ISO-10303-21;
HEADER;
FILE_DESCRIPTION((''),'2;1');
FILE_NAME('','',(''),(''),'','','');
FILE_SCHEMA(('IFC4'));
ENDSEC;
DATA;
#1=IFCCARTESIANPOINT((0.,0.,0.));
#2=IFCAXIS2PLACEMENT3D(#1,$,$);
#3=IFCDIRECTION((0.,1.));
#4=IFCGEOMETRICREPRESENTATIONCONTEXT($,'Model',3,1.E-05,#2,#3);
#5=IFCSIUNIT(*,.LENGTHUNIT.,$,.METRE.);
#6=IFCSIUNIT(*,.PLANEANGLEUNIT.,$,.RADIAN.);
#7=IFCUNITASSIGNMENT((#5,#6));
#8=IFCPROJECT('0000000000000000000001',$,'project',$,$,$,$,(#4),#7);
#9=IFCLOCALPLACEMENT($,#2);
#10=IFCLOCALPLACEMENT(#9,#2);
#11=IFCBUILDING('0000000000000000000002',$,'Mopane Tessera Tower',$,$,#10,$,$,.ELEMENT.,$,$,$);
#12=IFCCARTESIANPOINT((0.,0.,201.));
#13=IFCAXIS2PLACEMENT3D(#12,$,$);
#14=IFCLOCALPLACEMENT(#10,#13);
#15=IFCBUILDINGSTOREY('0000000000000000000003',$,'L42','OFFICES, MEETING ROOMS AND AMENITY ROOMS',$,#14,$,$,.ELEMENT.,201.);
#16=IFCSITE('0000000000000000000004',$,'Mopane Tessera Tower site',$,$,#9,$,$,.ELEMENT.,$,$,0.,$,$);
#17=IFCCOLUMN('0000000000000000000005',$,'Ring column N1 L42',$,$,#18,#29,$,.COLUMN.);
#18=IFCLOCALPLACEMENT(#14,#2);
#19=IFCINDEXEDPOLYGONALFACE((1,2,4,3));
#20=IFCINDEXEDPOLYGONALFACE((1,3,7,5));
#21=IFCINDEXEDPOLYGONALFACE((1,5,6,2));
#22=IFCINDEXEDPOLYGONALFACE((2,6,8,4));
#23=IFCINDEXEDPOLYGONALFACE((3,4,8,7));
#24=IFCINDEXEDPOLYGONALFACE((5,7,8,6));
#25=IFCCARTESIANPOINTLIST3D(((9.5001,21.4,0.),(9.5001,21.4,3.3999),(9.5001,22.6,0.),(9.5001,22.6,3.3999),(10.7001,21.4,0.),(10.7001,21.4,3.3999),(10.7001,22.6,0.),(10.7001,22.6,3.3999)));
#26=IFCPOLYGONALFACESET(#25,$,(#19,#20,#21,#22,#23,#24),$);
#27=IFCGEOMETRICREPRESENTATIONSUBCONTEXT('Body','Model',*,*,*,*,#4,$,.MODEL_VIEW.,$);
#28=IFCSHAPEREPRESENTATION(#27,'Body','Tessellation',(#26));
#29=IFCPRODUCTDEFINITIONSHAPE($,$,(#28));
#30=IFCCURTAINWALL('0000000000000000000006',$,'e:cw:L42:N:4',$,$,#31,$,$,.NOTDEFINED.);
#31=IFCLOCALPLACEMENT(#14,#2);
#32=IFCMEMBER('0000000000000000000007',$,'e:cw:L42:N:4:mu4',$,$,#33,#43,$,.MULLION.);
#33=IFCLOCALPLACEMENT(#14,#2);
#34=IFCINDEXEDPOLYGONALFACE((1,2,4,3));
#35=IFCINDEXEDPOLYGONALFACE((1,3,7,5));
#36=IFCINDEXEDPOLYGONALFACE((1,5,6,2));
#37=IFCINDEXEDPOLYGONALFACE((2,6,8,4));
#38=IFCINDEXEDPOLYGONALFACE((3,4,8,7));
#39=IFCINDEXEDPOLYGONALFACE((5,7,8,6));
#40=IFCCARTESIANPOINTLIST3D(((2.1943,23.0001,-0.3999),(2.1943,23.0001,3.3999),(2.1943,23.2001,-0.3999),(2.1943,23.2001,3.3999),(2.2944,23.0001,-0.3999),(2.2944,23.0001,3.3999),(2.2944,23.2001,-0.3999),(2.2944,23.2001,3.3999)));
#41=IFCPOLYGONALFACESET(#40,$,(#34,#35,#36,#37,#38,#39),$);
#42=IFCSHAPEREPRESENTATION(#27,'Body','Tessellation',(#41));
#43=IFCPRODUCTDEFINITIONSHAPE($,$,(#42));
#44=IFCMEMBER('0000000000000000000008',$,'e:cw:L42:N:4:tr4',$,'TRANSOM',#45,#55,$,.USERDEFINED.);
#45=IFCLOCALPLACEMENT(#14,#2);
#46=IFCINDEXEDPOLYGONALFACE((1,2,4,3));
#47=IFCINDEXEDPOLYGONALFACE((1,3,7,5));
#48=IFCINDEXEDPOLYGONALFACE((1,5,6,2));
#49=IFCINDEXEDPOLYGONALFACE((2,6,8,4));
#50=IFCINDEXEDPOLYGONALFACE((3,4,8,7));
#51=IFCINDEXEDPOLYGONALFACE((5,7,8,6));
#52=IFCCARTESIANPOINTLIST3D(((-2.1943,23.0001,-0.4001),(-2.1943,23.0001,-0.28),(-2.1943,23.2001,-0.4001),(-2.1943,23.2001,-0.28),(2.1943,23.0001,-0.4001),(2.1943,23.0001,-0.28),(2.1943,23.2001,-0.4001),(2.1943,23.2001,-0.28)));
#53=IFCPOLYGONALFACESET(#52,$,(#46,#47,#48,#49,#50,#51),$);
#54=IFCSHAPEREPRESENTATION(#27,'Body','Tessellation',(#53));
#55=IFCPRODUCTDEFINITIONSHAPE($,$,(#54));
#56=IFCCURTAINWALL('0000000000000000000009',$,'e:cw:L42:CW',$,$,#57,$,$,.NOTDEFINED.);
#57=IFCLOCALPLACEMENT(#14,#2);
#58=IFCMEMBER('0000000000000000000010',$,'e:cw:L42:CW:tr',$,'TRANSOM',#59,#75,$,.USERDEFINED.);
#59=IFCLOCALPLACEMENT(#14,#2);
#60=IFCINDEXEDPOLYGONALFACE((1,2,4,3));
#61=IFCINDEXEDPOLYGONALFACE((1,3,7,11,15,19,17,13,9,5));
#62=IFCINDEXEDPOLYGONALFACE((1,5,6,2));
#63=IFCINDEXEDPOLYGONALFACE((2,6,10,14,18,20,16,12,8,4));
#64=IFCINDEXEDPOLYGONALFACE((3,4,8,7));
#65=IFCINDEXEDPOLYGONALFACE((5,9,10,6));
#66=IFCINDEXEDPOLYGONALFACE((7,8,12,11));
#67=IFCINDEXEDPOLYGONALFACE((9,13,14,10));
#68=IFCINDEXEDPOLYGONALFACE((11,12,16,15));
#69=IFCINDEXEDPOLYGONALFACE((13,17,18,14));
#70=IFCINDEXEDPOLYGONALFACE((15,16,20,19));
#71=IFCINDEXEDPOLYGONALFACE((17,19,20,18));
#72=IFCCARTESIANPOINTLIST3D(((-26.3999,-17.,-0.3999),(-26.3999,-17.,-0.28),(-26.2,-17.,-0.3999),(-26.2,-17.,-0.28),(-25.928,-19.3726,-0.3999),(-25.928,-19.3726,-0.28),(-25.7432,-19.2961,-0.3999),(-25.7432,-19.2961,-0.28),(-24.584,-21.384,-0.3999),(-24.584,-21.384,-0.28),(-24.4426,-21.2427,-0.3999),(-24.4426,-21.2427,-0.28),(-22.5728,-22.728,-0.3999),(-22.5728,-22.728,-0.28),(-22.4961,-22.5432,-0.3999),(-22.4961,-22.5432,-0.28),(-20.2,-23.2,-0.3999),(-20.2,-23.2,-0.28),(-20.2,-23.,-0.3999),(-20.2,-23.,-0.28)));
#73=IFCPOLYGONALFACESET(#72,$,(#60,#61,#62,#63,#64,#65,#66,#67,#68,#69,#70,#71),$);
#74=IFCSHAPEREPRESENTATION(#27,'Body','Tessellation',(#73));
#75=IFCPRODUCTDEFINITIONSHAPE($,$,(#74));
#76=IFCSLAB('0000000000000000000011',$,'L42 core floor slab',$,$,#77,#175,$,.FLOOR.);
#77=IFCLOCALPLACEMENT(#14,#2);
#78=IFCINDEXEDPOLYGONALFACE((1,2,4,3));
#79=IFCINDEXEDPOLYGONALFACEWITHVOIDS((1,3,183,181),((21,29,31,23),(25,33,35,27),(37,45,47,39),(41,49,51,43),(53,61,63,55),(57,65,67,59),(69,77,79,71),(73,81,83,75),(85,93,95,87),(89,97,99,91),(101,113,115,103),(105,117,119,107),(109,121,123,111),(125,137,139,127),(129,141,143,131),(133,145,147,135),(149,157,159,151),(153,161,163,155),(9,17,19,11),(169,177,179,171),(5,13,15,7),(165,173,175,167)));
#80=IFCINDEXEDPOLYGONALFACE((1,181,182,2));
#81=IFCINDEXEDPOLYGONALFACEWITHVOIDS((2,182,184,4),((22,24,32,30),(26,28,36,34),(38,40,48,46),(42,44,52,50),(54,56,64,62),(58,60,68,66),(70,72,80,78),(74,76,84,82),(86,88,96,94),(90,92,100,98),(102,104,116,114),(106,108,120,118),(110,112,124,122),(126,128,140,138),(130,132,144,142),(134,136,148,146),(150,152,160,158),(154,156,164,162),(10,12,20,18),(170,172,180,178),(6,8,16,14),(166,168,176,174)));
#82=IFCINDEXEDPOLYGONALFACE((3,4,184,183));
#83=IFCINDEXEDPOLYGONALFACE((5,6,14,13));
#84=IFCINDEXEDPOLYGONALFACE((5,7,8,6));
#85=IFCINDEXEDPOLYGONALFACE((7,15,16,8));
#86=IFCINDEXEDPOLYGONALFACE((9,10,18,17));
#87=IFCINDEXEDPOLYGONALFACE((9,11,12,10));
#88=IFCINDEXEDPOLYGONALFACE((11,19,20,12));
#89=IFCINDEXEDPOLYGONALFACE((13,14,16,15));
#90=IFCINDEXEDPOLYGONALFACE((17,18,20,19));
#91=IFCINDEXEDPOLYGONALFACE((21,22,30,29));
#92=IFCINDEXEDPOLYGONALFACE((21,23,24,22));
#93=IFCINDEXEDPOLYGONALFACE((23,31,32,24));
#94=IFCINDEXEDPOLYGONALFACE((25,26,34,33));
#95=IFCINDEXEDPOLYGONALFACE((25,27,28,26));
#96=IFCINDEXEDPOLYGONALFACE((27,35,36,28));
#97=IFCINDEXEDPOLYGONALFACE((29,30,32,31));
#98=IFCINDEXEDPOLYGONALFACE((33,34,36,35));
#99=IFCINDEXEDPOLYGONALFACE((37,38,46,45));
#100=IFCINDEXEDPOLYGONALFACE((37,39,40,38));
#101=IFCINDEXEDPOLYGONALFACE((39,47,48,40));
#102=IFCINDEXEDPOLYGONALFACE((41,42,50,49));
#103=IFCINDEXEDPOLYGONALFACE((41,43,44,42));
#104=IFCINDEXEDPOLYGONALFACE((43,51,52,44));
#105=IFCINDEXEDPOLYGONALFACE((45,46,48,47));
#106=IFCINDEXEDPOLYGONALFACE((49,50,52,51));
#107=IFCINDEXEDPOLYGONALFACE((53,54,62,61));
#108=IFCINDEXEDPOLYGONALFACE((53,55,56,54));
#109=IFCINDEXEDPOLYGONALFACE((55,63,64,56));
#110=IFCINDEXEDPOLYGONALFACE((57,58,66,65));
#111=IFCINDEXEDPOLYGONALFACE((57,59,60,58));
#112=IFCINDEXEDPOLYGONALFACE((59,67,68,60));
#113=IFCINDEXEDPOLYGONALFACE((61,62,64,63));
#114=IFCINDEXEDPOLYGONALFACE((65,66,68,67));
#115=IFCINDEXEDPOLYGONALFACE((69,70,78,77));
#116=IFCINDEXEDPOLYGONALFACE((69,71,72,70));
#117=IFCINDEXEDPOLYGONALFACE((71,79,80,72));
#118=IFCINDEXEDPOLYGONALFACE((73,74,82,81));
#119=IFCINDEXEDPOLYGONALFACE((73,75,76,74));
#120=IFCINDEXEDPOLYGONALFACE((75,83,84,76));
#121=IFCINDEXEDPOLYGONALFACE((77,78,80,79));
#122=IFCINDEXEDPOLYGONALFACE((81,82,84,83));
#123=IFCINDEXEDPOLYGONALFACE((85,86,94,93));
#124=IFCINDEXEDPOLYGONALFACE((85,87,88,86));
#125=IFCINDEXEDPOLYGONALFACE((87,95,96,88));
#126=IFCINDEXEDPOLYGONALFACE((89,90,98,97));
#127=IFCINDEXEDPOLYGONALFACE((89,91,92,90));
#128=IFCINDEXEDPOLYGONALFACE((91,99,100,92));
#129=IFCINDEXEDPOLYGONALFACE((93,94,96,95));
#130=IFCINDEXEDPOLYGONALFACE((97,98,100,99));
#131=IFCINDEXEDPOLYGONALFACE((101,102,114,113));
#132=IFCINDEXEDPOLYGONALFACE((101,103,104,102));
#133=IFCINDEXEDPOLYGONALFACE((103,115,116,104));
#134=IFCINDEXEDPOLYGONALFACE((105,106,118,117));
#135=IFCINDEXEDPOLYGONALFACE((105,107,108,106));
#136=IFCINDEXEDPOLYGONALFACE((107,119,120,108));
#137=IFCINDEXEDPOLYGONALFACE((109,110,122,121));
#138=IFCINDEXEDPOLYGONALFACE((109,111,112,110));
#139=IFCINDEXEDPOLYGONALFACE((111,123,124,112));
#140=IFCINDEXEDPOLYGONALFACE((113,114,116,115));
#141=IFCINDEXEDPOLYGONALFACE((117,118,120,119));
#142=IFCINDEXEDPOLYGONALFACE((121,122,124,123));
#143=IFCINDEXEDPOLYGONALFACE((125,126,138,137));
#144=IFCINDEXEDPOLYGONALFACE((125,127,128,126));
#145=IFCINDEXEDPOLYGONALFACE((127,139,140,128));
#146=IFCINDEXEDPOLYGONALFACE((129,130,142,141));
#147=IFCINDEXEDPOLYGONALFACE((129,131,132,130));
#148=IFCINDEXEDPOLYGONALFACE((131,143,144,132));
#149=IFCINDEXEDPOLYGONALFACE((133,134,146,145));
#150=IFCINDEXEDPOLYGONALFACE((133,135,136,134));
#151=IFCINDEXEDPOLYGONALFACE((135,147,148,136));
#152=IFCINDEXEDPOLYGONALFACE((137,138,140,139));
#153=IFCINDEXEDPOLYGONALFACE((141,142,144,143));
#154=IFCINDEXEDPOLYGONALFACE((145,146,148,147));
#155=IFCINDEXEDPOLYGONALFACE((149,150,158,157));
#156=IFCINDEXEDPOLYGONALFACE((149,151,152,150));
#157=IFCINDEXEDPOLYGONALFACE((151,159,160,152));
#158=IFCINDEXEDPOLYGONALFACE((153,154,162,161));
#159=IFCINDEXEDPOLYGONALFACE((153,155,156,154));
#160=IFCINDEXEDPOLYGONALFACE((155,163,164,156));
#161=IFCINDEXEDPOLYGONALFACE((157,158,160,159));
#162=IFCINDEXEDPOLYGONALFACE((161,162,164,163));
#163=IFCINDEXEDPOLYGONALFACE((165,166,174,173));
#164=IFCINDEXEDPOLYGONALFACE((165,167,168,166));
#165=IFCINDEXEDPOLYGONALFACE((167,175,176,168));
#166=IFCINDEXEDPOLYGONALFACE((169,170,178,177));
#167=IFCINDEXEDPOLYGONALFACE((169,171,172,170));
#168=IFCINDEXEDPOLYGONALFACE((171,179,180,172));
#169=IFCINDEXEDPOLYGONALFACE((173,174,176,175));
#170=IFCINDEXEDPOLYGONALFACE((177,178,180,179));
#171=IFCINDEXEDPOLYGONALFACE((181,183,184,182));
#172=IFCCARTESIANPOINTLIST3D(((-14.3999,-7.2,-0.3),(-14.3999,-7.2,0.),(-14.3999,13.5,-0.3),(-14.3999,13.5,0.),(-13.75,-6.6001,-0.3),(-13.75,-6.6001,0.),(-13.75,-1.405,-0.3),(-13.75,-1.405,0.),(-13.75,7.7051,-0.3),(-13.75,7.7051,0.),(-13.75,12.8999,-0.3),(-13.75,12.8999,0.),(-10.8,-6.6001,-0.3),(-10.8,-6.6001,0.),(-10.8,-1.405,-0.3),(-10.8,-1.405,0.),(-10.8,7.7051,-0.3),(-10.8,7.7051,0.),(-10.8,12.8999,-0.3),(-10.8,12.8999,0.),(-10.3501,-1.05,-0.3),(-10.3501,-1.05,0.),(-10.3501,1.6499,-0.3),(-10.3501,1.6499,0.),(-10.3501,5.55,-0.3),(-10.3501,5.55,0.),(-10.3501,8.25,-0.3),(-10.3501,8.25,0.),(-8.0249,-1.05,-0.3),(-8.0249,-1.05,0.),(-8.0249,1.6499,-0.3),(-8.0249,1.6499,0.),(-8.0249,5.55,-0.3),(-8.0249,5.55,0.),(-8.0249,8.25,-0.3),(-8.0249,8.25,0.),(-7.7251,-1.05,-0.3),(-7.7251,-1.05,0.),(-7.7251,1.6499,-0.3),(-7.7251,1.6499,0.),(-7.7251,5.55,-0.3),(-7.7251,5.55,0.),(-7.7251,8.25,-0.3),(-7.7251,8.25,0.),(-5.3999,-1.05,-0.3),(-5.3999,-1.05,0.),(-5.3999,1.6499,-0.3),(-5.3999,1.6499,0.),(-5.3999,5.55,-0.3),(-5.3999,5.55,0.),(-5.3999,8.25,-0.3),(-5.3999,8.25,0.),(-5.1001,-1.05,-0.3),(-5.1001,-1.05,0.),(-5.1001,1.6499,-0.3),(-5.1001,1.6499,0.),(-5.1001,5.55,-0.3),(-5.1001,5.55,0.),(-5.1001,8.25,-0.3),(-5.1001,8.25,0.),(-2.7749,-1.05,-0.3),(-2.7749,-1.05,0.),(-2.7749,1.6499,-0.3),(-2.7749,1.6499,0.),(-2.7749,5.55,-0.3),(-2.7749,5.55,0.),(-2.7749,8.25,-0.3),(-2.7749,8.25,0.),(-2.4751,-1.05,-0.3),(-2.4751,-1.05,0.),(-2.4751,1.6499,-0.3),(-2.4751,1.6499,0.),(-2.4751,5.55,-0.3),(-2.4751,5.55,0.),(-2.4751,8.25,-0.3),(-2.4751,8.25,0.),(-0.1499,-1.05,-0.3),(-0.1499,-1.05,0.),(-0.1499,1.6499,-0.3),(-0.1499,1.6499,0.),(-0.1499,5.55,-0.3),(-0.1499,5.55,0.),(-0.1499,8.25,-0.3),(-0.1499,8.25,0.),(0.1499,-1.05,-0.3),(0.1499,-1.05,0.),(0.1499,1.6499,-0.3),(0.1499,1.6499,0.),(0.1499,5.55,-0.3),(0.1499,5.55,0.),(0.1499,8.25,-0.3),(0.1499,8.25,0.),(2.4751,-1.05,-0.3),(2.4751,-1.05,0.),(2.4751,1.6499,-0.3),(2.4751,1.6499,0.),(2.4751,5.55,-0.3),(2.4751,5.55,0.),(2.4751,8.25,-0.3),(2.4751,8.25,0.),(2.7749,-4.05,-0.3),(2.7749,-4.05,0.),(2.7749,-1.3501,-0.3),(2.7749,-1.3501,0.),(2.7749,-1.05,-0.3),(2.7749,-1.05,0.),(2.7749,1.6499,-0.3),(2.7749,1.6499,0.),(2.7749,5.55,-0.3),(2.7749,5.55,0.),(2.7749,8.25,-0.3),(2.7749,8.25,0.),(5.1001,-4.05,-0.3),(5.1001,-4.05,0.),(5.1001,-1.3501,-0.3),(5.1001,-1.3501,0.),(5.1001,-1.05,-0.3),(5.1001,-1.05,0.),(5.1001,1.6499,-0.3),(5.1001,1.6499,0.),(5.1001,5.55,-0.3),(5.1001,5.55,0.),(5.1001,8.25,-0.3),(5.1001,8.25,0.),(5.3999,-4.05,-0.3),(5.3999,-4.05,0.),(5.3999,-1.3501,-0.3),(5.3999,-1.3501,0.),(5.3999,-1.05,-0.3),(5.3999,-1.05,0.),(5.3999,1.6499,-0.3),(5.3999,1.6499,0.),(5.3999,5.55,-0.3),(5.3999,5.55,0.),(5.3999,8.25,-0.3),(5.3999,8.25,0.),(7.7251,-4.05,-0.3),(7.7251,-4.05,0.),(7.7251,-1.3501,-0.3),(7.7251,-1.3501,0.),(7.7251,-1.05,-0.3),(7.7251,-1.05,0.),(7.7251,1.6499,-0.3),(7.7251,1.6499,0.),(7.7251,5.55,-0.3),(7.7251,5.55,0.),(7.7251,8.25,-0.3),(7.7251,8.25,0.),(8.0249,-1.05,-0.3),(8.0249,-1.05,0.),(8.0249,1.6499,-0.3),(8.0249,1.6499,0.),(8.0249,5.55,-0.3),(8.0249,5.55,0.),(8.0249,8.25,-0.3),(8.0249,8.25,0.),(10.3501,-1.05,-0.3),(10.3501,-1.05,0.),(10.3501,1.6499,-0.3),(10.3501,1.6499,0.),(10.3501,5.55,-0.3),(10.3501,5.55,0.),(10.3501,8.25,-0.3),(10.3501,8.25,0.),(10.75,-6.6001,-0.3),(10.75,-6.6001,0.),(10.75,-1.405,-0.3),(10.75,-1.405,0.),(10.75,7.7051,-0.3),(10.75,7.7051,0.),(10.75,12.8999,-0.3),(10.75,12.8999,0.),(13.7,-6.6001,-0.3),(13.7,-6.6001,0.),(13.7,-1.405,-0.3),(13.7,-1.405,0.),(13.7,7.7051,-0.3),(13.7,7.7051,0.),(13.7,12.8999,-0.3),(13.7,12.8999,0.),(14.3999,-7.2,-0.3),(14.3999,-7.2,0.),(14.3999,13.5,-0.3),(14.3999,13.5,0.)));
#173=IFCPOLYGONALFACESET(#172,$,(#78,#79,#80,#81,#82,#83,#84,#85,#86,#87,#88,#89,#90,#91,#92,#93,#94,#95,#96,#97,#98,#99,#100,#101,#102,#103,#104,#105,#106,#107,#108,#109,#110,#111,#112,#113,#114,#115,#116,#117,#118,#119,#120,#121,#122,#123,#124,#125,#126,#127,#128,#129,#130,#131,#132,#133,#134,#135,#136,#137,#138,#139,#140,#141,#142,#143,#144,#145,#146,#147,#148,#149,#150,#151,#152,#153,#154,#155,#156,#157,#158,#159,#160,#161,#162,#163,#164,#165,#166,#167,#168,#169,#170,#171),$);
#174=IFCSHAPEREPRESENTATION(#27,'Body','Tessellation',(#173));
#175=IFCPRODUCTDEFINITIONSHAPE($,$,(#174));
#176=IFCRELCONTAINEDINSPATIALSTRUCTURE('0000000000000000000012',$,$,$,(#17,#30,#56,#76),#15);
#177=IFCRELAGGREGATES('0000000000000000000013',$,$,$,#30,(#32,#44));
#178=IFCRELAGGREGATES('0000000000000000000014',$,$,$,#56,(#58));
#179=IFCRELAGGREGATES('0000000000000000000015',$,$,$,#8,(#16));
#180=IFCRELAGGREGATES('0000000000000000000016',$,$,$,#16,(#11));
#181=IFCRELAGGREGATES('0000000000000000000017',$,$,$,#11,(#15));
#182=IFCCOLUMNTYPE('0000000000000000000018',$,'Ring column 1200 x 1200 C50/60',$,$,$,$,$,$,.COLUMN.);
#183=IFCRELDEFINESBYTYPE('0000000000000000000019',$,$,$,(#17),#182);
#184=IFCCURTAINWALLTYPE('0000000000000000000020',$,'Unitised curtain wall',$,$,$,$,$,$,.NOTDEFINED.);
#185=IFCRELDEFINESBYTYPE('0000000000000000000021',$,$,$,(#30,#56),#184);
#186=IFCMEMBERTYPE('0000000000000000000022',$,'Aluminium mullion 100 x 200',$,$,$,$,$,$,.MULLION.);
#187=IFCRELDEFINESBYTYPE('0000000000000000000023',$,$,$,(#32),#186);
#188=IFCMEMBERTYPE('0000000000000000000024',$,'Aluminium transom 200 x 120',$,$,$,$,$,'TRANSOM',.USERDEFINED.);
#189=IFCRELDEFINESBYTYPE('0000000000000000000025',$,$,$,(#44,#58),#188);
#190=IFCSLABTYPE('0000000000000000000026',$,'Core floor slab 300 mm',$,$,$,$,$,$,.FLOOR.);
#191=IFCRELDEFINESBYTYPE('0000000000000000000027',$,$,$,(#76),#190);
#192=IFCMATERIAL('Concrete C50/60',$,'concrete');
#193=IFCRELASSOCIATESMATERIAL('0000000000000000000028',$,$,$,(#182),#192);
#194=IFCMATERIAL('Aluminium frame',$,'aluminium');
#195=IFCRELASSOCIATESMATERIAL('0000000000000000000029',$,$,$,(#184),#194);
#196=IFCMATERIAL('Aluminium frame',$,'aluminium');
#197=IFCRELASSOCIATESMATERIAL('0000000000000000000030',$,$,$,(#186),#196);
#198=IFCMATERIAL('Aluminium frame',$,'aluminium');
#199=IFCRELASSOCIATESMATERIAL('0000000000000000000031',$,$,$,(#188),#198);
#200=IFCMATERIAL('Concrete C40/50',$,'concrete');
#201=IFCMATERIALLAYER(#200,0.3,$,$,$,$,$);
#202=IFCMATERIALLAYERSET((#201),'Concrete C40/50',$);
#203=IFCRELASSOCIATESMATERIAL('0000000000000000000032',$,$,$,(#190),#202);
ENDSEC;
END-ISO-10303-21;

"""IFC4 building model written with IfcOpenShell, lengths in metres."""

from ifc_helpers import new_model, si_unit, direction, frame, origin, origin_2d, place, context, subcontext, project, spatial, polyline, rectangle, outline, extrude, material, layer, layer_set, material_profile, profile_set, type_object, element, aggregate, save


model = new_model("IFC4")

# Units and contexts
model_context = context("Model", 3, precision=1e-05, world=origin(), true_north=direction((0.0, 1.0)))
body_context = subcontext(model_context, "Body", "Model", "MODEL_VIEW")
ifc_project = project(units=[si_unit("LENGTHUNIT", "METRE"), si_unit("PLANEANGLEUNIT", "RADIAN")], contexts=[model_context])

# Site, building, storey
site_placement = place(None, origin())
site = spatial("IfcSite", under=ifc_project, at=site_placement, Name="Mopane Tessera Tower site", CompositionType="ELEMENT", RefElevation=0.0)
building_placement = place(site_placement, origin())
building = spatial("IfcBuilding", under=site, at=building_placement, Name="Mopane Tessera Tower", CompositionType="ELEMENT")
storey_placement = place(building_placement, frame((0.0, 0.0, 201.0)))
storey = spatial("IfcBuildingStorey", under=building, at=storey_placement, Name="L42", Description="OFFICES, MEETING ROOMS AND AMENITY ROOMS", CompositionType="ELEMENT", Elevation=201.0)

# Column
ifc_material_1 = material(Name="Concrete C50/60", Category="concrete")
ifc_material_profile_1 = material_profile(ifc_material_1, rectangle(XDim=1.2, YDim=1.2, at=origin_2d()))
ifc_profile_set_1 = profile_set([ifc_material_profile_1], Name="Concrete C50/60")
column_type = type_object("IfcColumnType", Name="Ring column 1200 x 1200 C50/60", PredefinedType="COLUMN", material=ifc_profile_set_1)
column_placement = place(storey_placement, frame((10.1001, 22.0, 0.0), z_axis=(0.0, 0.0, 1.0), x_axis=(1.0, 0.0, 0.0)))
element("IfcColumn", 1, at=column_placement, inside=storey, type_object=column_type, Name="Ring column N1 L42", PredefinedType="COLUMN", context=body_context, shape_type="SweptSolid", body=[
    extrude(rectangle(XDim=1.2, YDim=1.2, at=origin_2d()), origin(), (0.0, 0.0, 1.0), 3.3999),
])

# Curtain wall, members
ifc_material_2 = material(Name="Aluminium frame", Category="aluminium")
curtain_wall_type = type_object("IfcCurtainWallType", Name="Unitised curtain wall", PredefinedType="NOTDEFINED", material=ifc_material_2)
curtain_wall_1_placement = place(storey_placement, origin())
curtain_wall_1 = element("IfcCurtainWall", 2, at=curtain_wall_1_placement, inside=storey, type_object=curtain_wall_type, Name="e:cw:L42:N:4", PredefinedType="NOTDEFINED")
ifc_material_3 = material(Name="Aluminium frame", Category="aluminium")
ifc_material_profile_2 = material_profile(ifc_material_3, rectangle(XDim=0.1001, YDim=0.2, at=origin_2d()))
ifc_profile_set_2 = profile_set([ifc_material_profile_2], Name="Aluminium frame")
member_type_1 = type_object("IfcMemberType", Name="Aluminium mullion 100 x 200", PredefinedType="MULLION", material=ifc_profile_set_2)
member_1_placement = place(storey_placement, frame((2.2444, 23.1001, -0.3999), z_axis=(0.0, 0.0, 1.0), x_axis=(-1.0, 0.0, 0.0)))
member_1 = element("IfcMember", 3, at=member_1_placement, type_object=member_type_1, Name="e:cw:L42:N:4:mu4", PredefinedType="MULLION", context=body_context, shape_type="SweptSolid", body=[
    extrude(rectangle(XDim=0.1001, YDim=0.2, at=origin_2d()), origin(), (0.0, 0.0, 1.0), 3.7998),
])
ifc_material_4 = material(Name="Aluminium frame", Category="aluminium")
ifc_material_profile_3 = material_profile(ifc_material_4, rectangle(XDim=0.2, YDim=0.1201, at=origin_2d()))
ifc_profile_set_3 = profile_set([ifc_material_profile_3], Name="Aluminium frame")
member_type_2 = type_object("IfcMemberType", Name="Aluminium transom 200 x 120", ElementType="TRANSOM", PredefinedType="USERDEFINED", material=ifc_profile_set_3)
member_2_placement = place(storey_placement, frame((2.1943, 23.1001, -0.3401), z_axis=(-1.0, 0.0, 0.0), x_axis=(0.0, -1.0, 0.0)))
member_2 = element("IfcMember", 4, at=member_2_placement, type_object=member_type_2, Name="e:cw:L42:N:4:tr4", ObjectType="TRANSOM", PredefinedType="USERDEFINED", context=body_context, shape_type="SweptSolid", body=[
    extrude(rectangle(XDim=0.2, YDim=0.1201, at=origin_2d()), origin(), (0.0, 0.0, 1.0), 4.3887),
])

# Curtain wall, member
curtain_wall_2_placement = place(storey_placement, origin())
curtain_wall_2 = element("IfcCurtainWall", 5, at=curtain_wall_2_placement, inside=storey, type_object=curtain_wall_type, Name="e:cw:L42:CW", PredefinedType="NOTDEFINED")
member_3_placement = place(storey_placement, frame((0.0, 0.0, -0.3999)))
member_3 = element("IfcMember", 6, at=member_3_placement, type_object=member_type_2, Name="e:cw:L42:CW:tr", ObjectType="TRANSOM", PredefinedType="USERDEFINED", context=body_context, shape_type="SweptSolid", body=[
    extrude(outline(polyline([(-26.2, -17.0), (-25.7432, -19.2961), (-24.4426, -21.2427), (-22.4961, -22.5432), (-20.2, -23.0), (-20.2, -23.2), (-22.5728, -22.728), (-24.584, -21.384), (-25.928, -19.3726), (-26.3999, -17.0), (-26.2, -17.0)])), origin(), (0.0, 0.0, 1.0), 0.1199),
])

# Slab
ifc_material_5 = material(Name="Concrete C40/50", Category="concrete")
ifc_layer_1 = layer(ifc_material_5, 0.3)
ifc_layer_set_1 = layer_set([ifc_layer_1], Name="Concrete C40/50")
slab_type_1 = type_object("IfcSlabType", Name="Core floor slab 300 mm", PredefinedType="FLOOR", material=ifc_layer_set_1)
slab_1_placement = place(storey_placement, frame((0.0, 0.0, -0.3)))
element("IfcSlab", 7, at=slab_1_placement, inside=storey, type_object=slab_type_1, Name="L42 core floor slab", PredefinedType="FLOOR", context=body_context, shape_type="SweptSolid", body=[
    extrude(outline(polyline([(-14.3999, -7.2), (14.3999, -7.2), (14.3999, 13.5), (-14.3999, 13.5), (-14.3999, -7.2)]), holes=[polyline([(-10.3501, -1.05), (-8.0249, -1.05), (-8.0249, 1.6499), (-10.3501, 1.6499), (-10.3501, -1.05)]), polyline([(-7.7251, -1.05), (-5.3999, -1.05), (-5.3999, 1.6499), (-7.7251, 1.6499), (-7.7251, -1.05)]), polyline([(-5.1001, -1.05), (-2.7749, -1.05), (-2.7749, 1.6499), (-5.1001, 1.6499), (-5.1001, -1.05)]), polyline([(-2.4751, -1.05), (-0.1499, -1.05), (-0.1499, 1.6499), (-2.4751, 1.6499), (-2.4751, -1.05)]), polyline([(0.1499, -1.05), (2.4751, -1.05), (2.4751, 1.6499), (0.1499, 1.6499), (0.1499, -1.05)]), polyline([(2.7749, -1.05), (5.1001, -1.05), (5.1001, 1.6499), (2.7749, 1.6499), (2.7749, -1.05)]), polyline([(5.3999, -1.05), (7.7251, -1.05), (7.7251, 1.6499), (5.3999, 1.6499), (5.3999, -1.05)]), polyline([(8.0249, -1.05), (10.3501, -1.05), (10.3501, 1.6499), (8.0249, 1.6499), (8.0249, -1.05)]), polyline([(-10.3501, 5.55), (-8.0249, 5.55), (-8.0249, 8.25), (-10.3501, 8.25), (-10.3501, 5.55)]), polyline([(-7.7251, 5.55), (-5.3999, 5.55), (-5.3999, 8.25), (-7.7251, 8.25), (-7.7251, 5.55)]), polyline([(-5.1001, 5.55), (-2.7749, 5.55), (-2.7749, 8.25), (-5.1001, 8.25), (-5.1001, 5.55)]), polyline([(-2.4751, 5.55), (-0.1499, 5.55), (-0.1499, 8.25), (-2.4751, 8.25), (-2.4751, 5.55)]), polyline([(0.1499, 5.55), (2.4751, 5.55), (2.4751, 8.25), (0.1499, 8.25), (0.1499, 5.55)]), polyline([(2.7749, 5.55), (5.1001, 5.55), (5.1001, 8.25), (2.7749, 8.25), (2.7749, 5.55)]), polyline([(5.3999, 5.55), (7.7251, 5.55), (7.7251, 8.25), (5.3999, 8.25), (5.3999, 5.55)]), polyline([(8.0249, 5.55), (10.3501, 5.55), (10.3501, 8.25), (8.0249, 8.25), (8.0249, 5.55)]), polyline([(2.7749, -4.05), (5.1001, -4.05), (5.1001, -1.3501), (2.7749, -1.3501), (2.7749, -4.05)]), polyline([(5.3999, -4.05), (7.7251, -4.05), (7.7251, -1.3501), (5.3999, -1.3501), (5.3999, -4.05)]), polyline([(-13.75, -1.405), (-13.75, -6.6001), (-10.8, -6.6001), (-10.8, -1.405), (-13.75, -1.405)]), polyline([(-10.8, 7.7051), (-10.8, 12.8999), (-13.75, 12.8999), (-13.75, 7.7051), (-10.8, 7.7051)]), polyline([(10.75, -1.405), (10.75, -6.6001), (13.7, -6.6001), (13.7, -1.405), (10.75, -1.405)]), polyline([(13.7, 7.7051), (13.7, 12.8999), (10.75, 12.8999), (10.75, 7.7051), (13.7, 7.7051)])]), origin(), (0.0, 0.0, 1.0), 0.3),
])

aggregate(curtain_wall_1, [member_1, member_2])

aggregate(curtain_wall_2, [member_3])

save(model, "model.ifc")
